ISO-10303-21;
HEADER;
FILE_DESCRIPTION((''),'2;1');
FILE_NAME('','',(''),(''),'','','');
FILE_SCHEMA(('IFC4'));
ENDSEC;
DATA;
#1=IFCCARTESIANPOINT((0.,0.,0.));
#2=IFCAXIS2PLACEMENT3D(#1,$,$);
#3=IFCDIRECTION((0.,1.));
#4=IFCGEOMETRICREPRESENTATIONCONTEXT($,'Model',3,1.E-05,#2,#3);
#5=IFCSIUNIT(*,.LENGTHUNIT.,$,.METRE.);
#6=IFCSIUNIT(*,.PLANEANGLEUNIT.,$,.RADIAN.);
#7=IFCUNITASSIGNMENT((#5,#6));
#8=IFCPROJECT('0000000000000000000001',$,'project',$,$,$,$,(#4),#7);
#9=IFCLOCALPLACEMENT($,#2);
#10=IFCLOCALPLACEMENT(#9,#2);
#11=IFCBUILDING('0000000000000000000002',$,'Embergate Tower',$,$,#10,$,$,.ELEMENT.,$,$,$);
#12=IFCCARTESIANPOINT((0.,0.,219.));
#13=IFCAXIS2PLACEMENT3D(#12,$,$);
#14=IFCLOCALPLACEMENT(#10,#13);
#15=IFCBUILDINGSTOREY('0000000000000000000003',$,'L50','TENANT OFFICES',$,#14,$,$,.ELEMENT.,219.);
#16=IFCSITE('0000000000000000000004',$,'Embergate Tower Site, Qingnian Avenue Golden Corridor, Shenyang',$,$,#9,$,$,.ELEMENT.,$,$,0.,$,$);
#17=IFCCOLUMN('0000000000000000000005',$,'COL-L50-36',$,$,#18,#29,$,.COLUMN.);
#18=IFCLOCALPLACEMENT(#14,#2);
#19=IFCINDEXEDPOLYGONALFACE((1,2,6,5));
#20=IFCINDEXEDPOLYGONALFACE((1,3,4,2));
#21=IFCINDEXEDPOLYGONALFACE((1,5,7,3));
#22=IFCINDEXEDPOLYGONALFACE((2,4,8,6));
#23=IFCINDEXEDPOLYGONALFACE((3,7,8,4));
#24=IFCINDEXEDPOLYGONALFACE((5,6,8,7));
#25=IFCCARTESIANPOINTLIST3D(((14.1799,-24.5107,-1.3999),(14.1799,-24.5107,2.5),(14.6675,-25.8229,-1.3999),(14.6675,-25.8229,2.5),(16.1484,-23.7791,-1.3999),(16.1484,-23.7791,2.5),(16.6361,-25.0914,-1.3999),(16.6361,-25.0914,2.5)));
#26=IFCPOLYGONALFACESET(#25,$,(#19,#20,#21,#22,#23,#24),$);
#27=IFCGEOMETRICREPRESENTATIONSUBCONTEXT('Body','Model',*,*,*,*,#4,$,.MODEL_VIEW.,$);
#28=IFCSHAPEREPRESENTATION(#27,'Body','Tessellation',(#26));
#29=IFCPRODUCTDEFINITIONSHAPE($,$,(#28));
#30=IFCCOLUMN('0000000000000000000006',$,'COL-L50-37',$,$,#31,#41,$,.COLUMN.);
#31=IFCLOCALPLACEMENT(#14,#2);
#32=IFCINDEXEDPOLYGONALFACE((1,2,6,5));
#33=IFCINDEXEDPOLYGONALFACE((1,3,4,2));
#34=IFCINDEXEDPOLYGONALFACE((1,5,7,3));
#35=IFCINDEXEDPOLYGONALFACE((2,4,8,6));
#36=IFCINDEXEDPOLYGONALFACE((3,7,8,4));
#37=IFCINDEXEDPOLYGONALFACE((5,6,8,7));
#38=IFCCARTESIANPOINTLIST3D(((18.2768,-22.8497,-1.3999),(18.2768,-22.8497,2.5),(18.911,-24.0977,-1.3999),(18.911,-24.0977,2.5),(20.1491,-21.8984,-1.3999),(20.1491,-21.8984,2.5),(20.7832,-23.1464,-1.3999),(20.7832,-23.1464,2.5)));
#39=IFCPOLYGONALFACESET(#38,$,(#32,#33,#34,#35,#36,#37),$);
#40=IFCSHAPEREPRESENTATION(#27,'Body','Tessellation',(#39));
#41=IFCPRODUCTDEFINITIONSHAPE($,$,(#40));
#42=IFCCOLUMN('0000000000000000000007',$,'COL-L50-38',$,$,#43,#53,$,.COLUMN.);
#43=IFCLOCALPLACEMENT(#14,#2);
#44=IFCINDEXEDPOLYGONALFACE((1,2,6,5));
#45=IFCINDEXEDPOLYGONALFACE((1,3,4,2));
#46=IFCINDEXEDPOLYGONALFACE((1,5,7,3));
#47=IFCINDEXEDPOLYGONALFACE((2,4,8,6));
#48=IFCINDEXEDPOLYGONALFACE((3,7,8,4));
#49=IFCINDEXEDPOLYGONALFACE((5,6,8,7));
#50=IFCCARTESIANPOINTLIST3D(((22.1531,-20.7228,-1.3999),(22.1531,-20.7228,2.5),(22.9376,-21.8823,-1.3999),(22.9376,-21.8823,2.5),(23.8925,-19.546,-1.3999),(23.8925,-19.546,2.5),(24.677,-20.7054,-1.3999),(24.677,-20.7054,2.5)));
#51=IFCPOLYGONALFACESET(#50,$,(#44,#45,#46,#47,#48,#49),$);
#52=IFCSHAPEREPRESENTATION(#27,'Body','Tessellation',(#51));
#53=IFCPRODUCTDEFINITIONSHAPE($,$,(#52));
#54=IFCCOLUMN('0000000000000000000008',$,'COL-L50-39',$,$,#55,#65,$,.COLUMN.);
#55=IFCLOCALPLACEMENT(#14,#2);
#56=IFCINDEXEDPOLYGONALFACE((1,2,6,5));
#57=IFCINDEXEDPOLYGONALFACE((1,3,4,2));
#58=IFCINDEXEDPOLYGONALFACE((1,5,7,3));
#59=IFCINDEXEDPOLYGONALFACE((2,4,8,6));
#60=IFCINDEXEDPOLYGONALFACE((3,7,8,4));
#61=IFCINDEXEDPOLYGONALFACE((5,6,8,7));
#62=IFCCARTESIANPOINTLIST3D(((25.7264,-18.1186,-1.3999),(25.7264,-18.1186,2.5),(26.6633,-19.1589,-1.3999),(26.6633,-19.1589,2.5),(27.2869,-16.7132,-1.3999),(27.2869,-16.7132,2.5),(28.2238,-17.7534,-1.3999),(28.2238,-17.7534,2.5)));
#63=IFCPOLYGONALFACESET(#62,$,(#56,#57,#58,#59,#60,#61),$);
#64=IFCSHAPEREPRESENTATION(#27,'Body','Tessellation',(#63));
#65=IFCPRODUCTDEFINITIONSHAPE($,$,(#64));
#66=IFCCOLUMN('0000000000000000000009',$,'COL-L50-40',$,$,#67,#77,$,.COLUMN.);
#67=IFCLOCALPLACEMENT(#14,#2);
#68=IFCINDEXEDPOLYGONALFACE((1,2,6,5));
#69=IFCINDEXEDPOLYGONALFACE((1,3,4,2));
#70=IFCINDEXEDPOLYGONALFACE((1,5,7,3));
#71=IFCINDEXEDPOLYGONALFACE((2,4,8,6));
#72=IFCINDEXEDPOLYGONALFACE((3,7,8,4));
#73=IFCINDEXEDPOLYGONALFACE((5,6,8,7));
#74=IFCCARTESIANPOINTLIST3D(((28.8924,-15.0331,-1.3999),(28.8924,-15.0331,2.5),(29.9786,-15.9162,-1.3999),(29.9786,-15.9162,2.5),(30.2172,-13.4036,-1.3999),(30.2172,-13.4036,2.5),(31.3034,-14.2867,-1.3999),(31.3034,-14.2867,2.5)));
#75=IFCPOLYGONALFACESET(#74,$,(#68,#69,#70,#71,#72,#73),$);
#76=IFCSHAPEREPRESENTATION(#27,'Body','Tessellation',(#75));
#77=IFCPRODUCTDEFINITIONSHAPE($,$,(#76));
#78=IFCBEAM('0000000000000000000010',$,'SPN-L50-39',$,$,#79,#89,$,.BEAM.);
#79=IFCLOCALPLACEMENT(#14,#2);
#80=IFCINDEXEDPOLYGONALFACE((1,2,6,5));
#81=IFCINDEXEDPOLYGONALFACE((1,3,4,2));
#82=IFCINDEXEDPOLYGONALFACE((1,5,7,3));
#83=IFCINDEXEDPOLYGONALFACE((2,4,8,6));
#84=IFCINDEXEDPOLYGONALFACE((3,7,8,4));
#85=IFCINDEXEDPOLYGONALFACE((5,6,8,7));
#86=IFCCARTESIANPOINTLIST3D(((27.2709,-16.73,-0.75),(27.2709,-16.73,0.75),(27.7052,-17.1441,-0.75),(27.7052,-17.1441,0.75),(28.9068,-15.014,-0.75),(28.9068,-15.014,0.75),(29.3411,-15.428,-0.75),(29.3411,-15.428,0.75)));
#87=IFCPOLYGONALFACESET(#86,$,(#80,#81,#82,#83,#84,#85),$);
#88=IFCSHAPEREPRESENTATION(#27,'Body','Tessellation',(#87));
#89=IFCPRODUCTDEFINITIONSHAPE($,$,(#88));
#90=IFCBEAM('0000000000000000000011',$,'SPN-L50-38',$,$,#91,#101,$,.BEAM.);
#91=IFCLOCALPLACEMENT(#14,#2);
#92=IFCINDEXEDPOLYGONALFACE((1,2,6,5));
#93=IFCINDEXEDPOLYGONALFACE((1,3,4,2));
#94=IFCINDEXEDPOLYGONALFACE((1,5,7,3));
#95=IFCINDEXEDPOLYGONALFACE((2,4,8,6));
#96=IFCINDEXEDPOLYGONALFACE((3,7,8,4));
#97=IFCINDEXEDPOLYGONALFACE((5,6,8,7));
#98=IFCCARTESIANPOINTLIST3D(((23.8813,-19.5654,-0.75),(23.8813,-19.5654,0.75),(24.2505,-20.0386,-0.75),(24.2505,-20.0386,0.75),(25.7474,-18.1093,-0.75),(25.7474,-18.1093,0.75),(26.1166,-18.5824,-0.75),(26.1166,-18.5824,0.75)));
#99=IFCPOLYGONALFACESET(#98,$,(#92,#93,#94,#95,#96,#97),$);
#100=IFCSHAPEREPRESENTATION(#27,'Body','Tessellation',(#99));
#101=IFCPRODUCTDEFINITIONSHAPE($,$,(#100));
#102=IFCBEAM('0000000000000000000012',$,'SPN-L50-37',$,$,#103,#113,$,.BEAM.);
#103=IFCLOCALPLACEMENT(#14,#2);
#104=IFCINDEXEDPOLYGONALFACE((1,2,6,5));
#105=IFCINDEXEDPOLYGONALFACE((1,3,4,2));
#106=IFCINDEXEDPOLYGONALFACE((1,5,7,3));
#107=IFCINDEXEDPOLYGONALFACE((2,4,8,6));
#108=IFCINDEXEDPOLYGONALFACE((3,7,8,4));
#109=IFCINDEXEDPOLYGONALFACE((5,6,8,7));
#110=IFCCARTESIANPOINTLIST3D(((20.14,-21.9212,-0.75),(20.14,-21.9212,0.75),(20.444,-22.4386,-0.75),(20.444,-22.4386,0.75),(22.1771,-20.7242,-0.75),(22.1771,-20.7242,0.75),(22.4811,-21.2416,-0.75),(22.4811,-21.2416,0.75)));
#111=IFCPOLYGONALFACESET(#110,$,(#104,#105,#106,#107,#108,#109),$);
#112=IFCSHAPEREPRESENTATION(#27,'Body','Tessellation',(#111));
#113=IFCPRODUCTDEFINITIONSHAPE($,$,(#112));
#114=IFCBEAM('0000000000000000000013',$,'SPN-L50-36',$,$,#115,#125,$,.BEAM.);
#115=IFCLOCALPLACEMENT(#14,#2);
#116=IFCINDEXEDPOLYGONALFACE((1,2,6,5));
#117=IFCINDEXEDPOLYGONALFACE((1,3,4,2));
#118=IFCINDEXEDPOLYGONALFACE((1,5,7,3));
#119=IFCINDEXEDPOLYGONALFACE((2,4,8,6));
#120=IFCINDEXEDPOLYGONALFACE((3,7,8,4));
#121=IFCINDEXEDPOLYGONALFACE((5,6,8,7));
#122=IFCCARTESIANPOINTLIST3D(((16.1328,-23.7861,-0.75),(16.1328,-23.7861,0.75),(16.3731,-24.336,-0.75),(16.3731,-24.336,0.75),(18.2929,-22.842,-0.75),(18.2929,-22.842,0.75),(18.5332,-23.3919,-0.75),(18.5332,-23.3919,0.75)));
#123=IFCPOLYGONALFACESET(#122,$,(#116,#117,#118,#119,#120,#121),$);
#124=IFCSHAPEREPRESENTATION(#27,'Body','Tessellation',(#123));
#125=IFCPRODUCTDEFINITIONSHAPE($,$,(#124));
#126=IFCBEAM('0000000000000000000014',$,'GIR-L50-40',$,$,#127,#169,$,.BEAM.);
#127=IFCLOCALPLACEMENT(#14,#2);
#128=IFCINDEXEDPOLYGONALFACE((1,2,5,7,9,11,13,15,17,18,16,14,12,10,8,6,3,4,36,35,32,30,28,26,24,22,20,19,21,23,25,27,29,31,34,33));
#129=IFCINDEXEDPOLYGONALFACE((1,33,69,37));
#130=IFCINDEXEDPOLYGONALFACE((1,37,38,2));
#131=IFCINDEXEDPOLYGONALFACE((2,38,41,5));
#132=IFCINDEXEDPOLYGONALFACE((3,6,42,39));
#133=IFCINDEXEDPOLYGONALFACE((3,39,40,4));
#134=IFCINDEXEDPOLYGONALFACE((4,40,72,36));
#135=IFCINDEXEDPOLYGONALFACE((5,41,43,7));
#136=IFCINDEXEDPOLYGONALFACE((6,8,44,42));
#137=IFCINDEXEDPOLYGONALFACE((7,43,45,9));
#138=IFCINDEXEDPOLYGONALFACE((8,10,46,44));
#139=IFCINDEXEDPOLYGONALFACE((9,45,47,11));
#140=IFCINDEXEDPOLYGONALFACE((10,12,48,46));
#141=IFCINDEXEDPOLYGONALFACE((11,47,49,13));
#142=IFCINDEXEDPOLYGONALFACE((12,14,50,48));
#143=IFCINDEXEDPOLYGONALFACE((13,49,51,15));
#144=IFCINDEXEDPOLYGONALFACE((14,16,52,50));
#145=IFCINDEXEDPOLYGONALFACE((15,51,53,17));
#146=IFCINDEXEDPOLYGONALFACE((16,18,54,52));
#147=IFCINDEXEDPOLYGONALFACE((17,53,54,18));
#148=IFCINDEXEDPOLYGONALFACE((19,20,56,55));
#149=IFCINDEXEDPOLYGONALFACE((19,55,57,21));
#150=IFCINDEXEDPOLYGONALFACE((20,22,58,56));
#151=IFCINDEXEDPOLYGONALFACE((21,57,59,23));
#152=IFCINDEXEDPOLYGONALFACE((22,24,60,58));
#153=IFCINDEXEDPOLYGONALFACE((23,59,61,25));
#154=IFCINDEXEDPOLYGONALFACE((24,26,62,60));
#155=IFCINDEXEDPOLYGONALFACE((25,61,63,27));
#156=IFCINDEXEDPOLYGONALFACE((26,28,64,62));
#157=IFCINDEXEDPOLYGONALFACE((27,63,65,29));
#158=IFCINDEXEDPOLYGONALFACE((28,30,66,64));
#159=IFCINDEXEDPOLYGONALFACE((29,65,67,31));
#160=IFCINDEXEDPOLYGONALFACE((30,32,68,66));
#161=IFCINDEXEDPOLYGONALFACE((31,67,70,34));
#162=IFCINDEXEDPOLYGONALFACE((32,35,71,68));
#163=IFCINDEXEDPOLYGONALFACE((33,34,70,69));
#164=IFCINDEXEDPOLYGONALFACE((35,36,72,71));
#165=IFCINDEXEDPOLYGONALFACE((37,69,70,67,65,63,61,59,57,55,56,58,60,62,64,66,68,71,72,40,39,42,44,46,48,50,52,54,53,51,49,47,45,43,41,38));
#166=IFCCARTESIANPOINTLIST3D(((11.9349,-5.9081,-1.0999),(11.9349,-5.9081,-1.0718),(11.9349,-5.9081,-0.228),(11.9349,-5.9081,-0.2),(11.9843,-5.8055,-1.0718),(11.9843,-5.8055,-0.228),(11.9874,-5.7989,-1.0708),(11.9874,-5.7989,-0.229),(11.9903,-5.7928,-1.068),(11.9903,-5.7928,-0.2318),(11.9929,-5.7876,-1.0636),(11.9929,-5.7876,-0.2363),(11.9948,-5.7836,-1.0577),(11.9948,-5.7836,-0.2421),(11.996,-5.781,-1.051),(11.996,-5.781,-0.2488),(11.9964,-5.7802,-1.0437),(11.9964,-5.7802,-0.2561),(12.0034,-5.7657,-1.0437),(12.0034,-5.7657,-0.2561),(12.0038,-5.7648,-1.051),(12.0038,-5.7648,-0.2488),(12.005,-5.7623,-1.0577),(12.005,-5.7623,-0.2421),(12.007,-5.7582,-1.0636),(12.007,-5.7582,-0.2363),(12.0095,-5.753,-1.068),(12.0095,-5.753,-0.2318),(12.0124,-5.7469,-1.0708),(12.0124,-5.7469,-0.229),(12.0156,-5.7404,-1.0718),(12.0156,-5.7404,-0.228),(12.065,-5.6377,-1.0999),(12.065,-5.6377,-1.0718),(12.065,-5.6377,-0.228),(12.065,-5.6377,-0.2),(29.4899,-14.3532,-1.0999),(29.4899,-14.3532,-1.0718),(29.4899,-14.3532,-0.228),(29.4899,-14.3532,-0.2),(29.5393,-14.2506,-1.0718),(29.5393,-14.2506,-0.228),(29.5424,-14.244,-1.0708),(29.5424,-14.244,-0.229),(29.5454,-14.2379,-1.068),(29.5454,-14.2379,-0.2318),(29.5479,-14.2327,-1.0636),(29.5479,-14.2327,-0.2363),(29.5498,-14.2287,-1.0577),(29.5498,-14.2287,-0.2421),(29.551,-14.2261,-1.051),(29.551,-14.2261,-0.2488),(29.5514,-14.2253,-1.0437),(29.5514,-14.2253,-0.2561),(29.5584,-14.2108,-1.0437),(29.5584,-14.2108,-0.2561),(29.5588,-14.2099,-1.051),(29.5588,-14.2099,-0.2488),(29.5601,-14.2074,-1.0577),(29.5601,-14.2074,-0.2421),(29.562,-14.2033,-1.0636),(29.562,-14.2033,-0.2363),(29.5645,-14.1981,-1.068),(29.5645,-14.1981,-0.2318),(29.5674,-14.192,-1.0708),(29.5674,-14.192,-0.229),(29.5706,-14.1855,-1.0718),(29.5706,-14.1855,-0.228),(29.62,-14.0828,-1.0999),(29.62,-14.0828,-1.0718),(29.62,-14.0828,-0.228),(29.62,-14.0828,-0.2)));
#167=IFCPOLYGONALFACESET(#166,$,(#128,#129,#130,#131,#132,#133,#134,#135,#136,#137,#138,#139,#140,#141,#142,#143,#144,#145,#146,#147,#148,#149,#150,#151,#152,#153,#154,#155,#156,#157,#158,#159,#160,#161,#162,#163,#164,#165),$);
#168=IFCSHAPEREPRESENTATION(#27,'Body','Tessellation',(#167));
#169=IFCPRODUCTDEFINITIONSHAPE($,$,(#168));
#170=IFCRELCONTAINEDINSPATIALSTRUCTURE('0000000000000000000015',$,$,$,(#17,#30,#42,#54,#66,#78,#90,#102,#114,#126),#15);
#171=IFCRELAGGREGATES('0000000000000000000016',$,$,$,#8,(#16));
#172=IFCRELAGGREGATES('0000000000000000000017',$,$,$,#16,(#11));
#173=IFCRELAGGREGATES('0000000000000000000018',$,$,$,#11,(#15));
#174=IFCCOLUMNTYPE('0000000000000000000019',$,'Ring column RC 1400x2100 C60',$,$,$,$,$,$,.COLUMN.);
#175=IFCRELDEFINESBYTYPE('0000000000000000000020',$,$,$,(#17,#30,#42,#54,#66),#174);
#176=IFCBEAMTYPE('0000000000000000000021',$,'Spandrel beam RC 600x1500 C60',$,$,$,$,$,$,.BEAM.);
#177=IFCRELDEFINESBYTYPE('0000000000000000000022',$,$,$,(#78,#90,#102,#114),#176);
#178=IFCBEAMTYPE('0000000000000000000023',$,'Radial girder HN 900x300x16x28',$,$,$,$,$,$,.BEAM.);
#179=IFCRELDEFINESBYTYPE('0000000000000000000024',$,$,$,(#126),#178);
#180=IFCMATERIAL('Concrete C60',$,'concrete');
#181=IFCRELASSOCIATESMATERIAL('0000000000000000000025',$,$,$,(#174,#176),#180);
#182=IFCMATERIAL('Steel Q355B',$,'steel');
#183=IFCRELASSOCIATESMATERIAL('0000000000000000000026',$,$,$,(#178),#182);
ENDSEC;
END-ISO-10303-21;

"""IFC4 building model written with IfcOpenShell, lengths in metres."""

from ifc_helpers import new_model, si_unit, direction, frame, origin, origin_2d, place, context, subcontext, project, spatial, rectangle, i_section, extrude, source, transform, mapped, material, material_profile, profile_set, type_object, element, save


model = new_model("IFC4")

# Units and contexts
model_context = context("Model", 3, precision=1e-05, world=origin(), true_north=direction((0.0, 1.0)))
body_context = subcontext(model_context, "Body", "Model", "MODEL_VIEW")
ifc_project = project(units=[si_unit("LENGTHUNIT", "METRE"), si_unit("PLANEANGLEUNIT", "RADIAN")], contexts=[model_context])

# Site, building, storey
site_placement = place(None, origin())
site = spatial("IfcSite", under=ifc_project, at=site_placement, Name="Embergate Tower Site, Qingnian Avenue Golden Corridor, Shenyang", CompositionType="ELEMENT", RefElevation=0.0)
building_placement = place(site_placement, origin())
building = spatial("IfcBuilding", under=site, at=building_placement, Name="Embergate Tower", CompositionType="ELEMENT")
storey_placement = place(building_placement, frame((0.0, 0.0, 219.0)))
storey = spatial("IfcBuildingStorey", under=building, at=storey_placement, Name="L50", Description="TENANT OFFICES", CompositionType="ELEMENT", Elevation=219.0)

# Columns
ifc_material_1 = material(Name="Concrete C60", Category="concrete")
ifc_material_profile_1 = material_profile(ifc_material_1, rectangle(XDim=1.3999, YDim=2.1001, at=origin_2d()), Name="RC 1400x2100")
ifc_profile_set_1 = profile_set([ifc_material_profile_1], Name="Concrete C60")
column_type = type_object("IfcColumnType", Name="Ring column RC 1400x2100 C60", PredefinedType="COLUMN", material=ifc_profile_set_1)
shared_shape_1 = source(origin(), body_context, "Body", "SweptSolid", [
    extrude(rectangle(XDim=1.3999, YDim=2.1001, at=origin_2d()), origin(), (0.0, 0.0, 1.0), 3.8999),
])
for number, where, z_axis, x_axis, name in (
    (1, (15.408, -24.801, -1.3999), (0.0, 0.0, 1.0), (0.348343, -0.937367, 0.0), "COL-L50-36"),
    (2, (19.53, -22.998, -1.3999), (0.0, 0.0, 1.0), (0.453011, -0.891505, 0.0), "COL-L50-37"),
    (3, (23.415, -20.7141, -1.3999), (0.0, 0.0, 1.0), (0.560393, -0.828227, 0.0), "COL-L50-38"),
    (4, (26.9751, -17.936, -1.3999), (0.0, 0.0, 1.0), (0.669221, -0.743063, 0.0), "COL-L50-39"),
    (5, (30.0979, -14.6599, -1.3999), (0.0, 0.0, 1.0), (0.775925, -0.630825, 0.0), "COL-L50-40"),
):
    element("IfcColumn", number, at=place(storey_placement, frame(where, z_axis=z_axis, x_axis=x_axis)), inside=storey, type_object=column_type, Name=name, PredefinedType="COLUMN", context=body_context, shape_type="MappedRepresentation", body=[
        mapped(shared_shape_1, transform((0.0, 0.0, 0.0))),
    ])

# Beams
ifc_material_profile_2 = material_profile(ifc_material_1, rectangle(XDim=0.6001, YDim=1.5, at=origin_2d()), Name="RC 600x1500")
ifc_profile_set_2 = profile_set([ifc_material_profile_2], Name="Concrete C60")
beam_type_1 = type_object("IfcBeamType", Name="Spandrel beam RC 600x1500 C60", PredefinedType="BEAM", material=ifc_profile_set_2)
shared_shape_2 = source(origin(), body_context, "Body", "SweptSolid", [
    extrude(rectangle(XDim=0.6001, YDim=1.5, at=origin_2d()), origin(), (0.0, 0.0, 1.0), 2.3708),
])
beam_1_placement = place(storey_placement, frame((27.488, -16.937, 0.0), z_axis=(0.690018, 0.723793, 0.0), x_axis=(-0.723793, 0.690018, 0.0)))
element("IfcBeam", 6, at=beam_1_placement, inside=storey, type_object=beam_type_1, Name="SPN-L50-39", PredefinedType="BEAM", context=body_context, shape_type="MappedRepresentation", body=[
    mapped(shared_shape_2, transform((0.0, 0.0, 0.0))),
])
shared_shape_3 = source(origin(), body_context, "Body", "SweptSolid", [
    extrude(rectangle(XDim=0.6001, YDim=1.5, at=origin_2d()), origin(), (0.0, 0.0, 1.0), 2.3669),
])
beam_2_placement = place(storey_placement, frame((24.0659, -19.802, 0.0), z_axis=(0.788379, 0.61519, 0.0), x_axis=(-0.61519, 0.788379, 0.0)))
element("IfcBeam", 7, at=beam_2_placement, inside=storey, type_object=beam_type_1, Name="SPN-L50-38", PredefinedType="BEAM", context=body_context, shape_type="MappedRepresentation", body=[
    mapped(shared_shape_3, transform((0.0, 0.0, 0.0))),
])
shared_shape_4 = source(origin(), body_context, "Body", "SweptSolid", [
    extrude(rectangle(XDim=0.6001, YDim=1.5, at=origin_2d()), origin(), (0.0, 0.0, 1.0), 2.3628),
])
beam_3_placement = place(storey_placement, frame((20.292, -22.1799, 0.0), z_axis=(0.862171, 0.506618, 0.0), x_axis=(-0.506618, 0.862171, 0.0)))
element("IfcBeam", 8, at=beam_3_placement, inside=storey, type_object=beam_type_1, Name="SPN-L50-37", PredefinedType="BEAM", context=body_context, shape_type="MappedRepresentation", body=[
    mapped(shared_shape_4, transform((0.0, 0.0, 0.0))),
])
shared_shape_5 = source(origin(), body_context, "Body", "SweptSolid", [
    extrude(rectangle(XDim=0.6001, YDim=1.5, at=origin_2d()), origin(), (0.0, 0.0, 1.0), 2.3574),
])
beam_4_placement = place(storey_placement, frame((16.2529, -24.061, 0.0), z_axis=(0.916309, 0.400471, 0.0), x_axis=(-0.400471, 0.916309, 0.0)))
element("IfcBeam", 9, at=beam_4_placement, inside=storey, type_object=beam_type_1, Name="SPN-L50-36", PredefinedType="BEAM", context=body_context, shape_type="MappedRepresentation", body=[
    mapped(shared_shape_5, transform((0.0, 0.0, 0.0))),
])
ifc_material_2 = material(Name="Steel Q355B", Category="steel")
ifc_material_profile_3 = material_profile(ifc_material_2, i_section(OverallWidth=0.3, OverallDepth=0.8999, WebThickness=0.0161, FlangeThickness=0.0281, FilletRadius=0.0281, at=origin_2d()), Name="HN 900x300x16x28")
ifc_profile_set_3 = profile_set([ifc_material_profile_3], Name="Steel Q355 grade B")
beam_type_2 = type_object("IfcBeamType", Name="Radial girder HN 900x300x16x28", PredefinedType="BEAM", material=ifc_profile_set_3)
shared_shape_6 = source(origin(), body_context, "Body", "SweptSolid", [
    extrude(i_section(OverallWidth=0.3, OverallDepth=0.8999, WebThickness=0.0161, FlangeThickness=0.0281, FilletRadius=0.0281, at=origin_2d()), origin(), (0.0, 0.0, 1.0), 19.4807),
])
beam_5_placement = place(storey_placement, frame((29.5549, -14.218, -0.6499), z_axis=(-0.901148, 0.433511, 0.0), x_axis=(-0.433511, -0.901148, 0.0)))
element("IfcBeam", 10, at=beam_5_placement, inside=storey, type_object=beam_type_2, Name="GIR-L50-40", PredefinedType="BEAM", context=body_context, shape_type="MappedRepresentation", body=[
    mapped(shared_shape_6, transform((0.0, 0.0, 0.0))),
])

save(model, "model.ifc")
